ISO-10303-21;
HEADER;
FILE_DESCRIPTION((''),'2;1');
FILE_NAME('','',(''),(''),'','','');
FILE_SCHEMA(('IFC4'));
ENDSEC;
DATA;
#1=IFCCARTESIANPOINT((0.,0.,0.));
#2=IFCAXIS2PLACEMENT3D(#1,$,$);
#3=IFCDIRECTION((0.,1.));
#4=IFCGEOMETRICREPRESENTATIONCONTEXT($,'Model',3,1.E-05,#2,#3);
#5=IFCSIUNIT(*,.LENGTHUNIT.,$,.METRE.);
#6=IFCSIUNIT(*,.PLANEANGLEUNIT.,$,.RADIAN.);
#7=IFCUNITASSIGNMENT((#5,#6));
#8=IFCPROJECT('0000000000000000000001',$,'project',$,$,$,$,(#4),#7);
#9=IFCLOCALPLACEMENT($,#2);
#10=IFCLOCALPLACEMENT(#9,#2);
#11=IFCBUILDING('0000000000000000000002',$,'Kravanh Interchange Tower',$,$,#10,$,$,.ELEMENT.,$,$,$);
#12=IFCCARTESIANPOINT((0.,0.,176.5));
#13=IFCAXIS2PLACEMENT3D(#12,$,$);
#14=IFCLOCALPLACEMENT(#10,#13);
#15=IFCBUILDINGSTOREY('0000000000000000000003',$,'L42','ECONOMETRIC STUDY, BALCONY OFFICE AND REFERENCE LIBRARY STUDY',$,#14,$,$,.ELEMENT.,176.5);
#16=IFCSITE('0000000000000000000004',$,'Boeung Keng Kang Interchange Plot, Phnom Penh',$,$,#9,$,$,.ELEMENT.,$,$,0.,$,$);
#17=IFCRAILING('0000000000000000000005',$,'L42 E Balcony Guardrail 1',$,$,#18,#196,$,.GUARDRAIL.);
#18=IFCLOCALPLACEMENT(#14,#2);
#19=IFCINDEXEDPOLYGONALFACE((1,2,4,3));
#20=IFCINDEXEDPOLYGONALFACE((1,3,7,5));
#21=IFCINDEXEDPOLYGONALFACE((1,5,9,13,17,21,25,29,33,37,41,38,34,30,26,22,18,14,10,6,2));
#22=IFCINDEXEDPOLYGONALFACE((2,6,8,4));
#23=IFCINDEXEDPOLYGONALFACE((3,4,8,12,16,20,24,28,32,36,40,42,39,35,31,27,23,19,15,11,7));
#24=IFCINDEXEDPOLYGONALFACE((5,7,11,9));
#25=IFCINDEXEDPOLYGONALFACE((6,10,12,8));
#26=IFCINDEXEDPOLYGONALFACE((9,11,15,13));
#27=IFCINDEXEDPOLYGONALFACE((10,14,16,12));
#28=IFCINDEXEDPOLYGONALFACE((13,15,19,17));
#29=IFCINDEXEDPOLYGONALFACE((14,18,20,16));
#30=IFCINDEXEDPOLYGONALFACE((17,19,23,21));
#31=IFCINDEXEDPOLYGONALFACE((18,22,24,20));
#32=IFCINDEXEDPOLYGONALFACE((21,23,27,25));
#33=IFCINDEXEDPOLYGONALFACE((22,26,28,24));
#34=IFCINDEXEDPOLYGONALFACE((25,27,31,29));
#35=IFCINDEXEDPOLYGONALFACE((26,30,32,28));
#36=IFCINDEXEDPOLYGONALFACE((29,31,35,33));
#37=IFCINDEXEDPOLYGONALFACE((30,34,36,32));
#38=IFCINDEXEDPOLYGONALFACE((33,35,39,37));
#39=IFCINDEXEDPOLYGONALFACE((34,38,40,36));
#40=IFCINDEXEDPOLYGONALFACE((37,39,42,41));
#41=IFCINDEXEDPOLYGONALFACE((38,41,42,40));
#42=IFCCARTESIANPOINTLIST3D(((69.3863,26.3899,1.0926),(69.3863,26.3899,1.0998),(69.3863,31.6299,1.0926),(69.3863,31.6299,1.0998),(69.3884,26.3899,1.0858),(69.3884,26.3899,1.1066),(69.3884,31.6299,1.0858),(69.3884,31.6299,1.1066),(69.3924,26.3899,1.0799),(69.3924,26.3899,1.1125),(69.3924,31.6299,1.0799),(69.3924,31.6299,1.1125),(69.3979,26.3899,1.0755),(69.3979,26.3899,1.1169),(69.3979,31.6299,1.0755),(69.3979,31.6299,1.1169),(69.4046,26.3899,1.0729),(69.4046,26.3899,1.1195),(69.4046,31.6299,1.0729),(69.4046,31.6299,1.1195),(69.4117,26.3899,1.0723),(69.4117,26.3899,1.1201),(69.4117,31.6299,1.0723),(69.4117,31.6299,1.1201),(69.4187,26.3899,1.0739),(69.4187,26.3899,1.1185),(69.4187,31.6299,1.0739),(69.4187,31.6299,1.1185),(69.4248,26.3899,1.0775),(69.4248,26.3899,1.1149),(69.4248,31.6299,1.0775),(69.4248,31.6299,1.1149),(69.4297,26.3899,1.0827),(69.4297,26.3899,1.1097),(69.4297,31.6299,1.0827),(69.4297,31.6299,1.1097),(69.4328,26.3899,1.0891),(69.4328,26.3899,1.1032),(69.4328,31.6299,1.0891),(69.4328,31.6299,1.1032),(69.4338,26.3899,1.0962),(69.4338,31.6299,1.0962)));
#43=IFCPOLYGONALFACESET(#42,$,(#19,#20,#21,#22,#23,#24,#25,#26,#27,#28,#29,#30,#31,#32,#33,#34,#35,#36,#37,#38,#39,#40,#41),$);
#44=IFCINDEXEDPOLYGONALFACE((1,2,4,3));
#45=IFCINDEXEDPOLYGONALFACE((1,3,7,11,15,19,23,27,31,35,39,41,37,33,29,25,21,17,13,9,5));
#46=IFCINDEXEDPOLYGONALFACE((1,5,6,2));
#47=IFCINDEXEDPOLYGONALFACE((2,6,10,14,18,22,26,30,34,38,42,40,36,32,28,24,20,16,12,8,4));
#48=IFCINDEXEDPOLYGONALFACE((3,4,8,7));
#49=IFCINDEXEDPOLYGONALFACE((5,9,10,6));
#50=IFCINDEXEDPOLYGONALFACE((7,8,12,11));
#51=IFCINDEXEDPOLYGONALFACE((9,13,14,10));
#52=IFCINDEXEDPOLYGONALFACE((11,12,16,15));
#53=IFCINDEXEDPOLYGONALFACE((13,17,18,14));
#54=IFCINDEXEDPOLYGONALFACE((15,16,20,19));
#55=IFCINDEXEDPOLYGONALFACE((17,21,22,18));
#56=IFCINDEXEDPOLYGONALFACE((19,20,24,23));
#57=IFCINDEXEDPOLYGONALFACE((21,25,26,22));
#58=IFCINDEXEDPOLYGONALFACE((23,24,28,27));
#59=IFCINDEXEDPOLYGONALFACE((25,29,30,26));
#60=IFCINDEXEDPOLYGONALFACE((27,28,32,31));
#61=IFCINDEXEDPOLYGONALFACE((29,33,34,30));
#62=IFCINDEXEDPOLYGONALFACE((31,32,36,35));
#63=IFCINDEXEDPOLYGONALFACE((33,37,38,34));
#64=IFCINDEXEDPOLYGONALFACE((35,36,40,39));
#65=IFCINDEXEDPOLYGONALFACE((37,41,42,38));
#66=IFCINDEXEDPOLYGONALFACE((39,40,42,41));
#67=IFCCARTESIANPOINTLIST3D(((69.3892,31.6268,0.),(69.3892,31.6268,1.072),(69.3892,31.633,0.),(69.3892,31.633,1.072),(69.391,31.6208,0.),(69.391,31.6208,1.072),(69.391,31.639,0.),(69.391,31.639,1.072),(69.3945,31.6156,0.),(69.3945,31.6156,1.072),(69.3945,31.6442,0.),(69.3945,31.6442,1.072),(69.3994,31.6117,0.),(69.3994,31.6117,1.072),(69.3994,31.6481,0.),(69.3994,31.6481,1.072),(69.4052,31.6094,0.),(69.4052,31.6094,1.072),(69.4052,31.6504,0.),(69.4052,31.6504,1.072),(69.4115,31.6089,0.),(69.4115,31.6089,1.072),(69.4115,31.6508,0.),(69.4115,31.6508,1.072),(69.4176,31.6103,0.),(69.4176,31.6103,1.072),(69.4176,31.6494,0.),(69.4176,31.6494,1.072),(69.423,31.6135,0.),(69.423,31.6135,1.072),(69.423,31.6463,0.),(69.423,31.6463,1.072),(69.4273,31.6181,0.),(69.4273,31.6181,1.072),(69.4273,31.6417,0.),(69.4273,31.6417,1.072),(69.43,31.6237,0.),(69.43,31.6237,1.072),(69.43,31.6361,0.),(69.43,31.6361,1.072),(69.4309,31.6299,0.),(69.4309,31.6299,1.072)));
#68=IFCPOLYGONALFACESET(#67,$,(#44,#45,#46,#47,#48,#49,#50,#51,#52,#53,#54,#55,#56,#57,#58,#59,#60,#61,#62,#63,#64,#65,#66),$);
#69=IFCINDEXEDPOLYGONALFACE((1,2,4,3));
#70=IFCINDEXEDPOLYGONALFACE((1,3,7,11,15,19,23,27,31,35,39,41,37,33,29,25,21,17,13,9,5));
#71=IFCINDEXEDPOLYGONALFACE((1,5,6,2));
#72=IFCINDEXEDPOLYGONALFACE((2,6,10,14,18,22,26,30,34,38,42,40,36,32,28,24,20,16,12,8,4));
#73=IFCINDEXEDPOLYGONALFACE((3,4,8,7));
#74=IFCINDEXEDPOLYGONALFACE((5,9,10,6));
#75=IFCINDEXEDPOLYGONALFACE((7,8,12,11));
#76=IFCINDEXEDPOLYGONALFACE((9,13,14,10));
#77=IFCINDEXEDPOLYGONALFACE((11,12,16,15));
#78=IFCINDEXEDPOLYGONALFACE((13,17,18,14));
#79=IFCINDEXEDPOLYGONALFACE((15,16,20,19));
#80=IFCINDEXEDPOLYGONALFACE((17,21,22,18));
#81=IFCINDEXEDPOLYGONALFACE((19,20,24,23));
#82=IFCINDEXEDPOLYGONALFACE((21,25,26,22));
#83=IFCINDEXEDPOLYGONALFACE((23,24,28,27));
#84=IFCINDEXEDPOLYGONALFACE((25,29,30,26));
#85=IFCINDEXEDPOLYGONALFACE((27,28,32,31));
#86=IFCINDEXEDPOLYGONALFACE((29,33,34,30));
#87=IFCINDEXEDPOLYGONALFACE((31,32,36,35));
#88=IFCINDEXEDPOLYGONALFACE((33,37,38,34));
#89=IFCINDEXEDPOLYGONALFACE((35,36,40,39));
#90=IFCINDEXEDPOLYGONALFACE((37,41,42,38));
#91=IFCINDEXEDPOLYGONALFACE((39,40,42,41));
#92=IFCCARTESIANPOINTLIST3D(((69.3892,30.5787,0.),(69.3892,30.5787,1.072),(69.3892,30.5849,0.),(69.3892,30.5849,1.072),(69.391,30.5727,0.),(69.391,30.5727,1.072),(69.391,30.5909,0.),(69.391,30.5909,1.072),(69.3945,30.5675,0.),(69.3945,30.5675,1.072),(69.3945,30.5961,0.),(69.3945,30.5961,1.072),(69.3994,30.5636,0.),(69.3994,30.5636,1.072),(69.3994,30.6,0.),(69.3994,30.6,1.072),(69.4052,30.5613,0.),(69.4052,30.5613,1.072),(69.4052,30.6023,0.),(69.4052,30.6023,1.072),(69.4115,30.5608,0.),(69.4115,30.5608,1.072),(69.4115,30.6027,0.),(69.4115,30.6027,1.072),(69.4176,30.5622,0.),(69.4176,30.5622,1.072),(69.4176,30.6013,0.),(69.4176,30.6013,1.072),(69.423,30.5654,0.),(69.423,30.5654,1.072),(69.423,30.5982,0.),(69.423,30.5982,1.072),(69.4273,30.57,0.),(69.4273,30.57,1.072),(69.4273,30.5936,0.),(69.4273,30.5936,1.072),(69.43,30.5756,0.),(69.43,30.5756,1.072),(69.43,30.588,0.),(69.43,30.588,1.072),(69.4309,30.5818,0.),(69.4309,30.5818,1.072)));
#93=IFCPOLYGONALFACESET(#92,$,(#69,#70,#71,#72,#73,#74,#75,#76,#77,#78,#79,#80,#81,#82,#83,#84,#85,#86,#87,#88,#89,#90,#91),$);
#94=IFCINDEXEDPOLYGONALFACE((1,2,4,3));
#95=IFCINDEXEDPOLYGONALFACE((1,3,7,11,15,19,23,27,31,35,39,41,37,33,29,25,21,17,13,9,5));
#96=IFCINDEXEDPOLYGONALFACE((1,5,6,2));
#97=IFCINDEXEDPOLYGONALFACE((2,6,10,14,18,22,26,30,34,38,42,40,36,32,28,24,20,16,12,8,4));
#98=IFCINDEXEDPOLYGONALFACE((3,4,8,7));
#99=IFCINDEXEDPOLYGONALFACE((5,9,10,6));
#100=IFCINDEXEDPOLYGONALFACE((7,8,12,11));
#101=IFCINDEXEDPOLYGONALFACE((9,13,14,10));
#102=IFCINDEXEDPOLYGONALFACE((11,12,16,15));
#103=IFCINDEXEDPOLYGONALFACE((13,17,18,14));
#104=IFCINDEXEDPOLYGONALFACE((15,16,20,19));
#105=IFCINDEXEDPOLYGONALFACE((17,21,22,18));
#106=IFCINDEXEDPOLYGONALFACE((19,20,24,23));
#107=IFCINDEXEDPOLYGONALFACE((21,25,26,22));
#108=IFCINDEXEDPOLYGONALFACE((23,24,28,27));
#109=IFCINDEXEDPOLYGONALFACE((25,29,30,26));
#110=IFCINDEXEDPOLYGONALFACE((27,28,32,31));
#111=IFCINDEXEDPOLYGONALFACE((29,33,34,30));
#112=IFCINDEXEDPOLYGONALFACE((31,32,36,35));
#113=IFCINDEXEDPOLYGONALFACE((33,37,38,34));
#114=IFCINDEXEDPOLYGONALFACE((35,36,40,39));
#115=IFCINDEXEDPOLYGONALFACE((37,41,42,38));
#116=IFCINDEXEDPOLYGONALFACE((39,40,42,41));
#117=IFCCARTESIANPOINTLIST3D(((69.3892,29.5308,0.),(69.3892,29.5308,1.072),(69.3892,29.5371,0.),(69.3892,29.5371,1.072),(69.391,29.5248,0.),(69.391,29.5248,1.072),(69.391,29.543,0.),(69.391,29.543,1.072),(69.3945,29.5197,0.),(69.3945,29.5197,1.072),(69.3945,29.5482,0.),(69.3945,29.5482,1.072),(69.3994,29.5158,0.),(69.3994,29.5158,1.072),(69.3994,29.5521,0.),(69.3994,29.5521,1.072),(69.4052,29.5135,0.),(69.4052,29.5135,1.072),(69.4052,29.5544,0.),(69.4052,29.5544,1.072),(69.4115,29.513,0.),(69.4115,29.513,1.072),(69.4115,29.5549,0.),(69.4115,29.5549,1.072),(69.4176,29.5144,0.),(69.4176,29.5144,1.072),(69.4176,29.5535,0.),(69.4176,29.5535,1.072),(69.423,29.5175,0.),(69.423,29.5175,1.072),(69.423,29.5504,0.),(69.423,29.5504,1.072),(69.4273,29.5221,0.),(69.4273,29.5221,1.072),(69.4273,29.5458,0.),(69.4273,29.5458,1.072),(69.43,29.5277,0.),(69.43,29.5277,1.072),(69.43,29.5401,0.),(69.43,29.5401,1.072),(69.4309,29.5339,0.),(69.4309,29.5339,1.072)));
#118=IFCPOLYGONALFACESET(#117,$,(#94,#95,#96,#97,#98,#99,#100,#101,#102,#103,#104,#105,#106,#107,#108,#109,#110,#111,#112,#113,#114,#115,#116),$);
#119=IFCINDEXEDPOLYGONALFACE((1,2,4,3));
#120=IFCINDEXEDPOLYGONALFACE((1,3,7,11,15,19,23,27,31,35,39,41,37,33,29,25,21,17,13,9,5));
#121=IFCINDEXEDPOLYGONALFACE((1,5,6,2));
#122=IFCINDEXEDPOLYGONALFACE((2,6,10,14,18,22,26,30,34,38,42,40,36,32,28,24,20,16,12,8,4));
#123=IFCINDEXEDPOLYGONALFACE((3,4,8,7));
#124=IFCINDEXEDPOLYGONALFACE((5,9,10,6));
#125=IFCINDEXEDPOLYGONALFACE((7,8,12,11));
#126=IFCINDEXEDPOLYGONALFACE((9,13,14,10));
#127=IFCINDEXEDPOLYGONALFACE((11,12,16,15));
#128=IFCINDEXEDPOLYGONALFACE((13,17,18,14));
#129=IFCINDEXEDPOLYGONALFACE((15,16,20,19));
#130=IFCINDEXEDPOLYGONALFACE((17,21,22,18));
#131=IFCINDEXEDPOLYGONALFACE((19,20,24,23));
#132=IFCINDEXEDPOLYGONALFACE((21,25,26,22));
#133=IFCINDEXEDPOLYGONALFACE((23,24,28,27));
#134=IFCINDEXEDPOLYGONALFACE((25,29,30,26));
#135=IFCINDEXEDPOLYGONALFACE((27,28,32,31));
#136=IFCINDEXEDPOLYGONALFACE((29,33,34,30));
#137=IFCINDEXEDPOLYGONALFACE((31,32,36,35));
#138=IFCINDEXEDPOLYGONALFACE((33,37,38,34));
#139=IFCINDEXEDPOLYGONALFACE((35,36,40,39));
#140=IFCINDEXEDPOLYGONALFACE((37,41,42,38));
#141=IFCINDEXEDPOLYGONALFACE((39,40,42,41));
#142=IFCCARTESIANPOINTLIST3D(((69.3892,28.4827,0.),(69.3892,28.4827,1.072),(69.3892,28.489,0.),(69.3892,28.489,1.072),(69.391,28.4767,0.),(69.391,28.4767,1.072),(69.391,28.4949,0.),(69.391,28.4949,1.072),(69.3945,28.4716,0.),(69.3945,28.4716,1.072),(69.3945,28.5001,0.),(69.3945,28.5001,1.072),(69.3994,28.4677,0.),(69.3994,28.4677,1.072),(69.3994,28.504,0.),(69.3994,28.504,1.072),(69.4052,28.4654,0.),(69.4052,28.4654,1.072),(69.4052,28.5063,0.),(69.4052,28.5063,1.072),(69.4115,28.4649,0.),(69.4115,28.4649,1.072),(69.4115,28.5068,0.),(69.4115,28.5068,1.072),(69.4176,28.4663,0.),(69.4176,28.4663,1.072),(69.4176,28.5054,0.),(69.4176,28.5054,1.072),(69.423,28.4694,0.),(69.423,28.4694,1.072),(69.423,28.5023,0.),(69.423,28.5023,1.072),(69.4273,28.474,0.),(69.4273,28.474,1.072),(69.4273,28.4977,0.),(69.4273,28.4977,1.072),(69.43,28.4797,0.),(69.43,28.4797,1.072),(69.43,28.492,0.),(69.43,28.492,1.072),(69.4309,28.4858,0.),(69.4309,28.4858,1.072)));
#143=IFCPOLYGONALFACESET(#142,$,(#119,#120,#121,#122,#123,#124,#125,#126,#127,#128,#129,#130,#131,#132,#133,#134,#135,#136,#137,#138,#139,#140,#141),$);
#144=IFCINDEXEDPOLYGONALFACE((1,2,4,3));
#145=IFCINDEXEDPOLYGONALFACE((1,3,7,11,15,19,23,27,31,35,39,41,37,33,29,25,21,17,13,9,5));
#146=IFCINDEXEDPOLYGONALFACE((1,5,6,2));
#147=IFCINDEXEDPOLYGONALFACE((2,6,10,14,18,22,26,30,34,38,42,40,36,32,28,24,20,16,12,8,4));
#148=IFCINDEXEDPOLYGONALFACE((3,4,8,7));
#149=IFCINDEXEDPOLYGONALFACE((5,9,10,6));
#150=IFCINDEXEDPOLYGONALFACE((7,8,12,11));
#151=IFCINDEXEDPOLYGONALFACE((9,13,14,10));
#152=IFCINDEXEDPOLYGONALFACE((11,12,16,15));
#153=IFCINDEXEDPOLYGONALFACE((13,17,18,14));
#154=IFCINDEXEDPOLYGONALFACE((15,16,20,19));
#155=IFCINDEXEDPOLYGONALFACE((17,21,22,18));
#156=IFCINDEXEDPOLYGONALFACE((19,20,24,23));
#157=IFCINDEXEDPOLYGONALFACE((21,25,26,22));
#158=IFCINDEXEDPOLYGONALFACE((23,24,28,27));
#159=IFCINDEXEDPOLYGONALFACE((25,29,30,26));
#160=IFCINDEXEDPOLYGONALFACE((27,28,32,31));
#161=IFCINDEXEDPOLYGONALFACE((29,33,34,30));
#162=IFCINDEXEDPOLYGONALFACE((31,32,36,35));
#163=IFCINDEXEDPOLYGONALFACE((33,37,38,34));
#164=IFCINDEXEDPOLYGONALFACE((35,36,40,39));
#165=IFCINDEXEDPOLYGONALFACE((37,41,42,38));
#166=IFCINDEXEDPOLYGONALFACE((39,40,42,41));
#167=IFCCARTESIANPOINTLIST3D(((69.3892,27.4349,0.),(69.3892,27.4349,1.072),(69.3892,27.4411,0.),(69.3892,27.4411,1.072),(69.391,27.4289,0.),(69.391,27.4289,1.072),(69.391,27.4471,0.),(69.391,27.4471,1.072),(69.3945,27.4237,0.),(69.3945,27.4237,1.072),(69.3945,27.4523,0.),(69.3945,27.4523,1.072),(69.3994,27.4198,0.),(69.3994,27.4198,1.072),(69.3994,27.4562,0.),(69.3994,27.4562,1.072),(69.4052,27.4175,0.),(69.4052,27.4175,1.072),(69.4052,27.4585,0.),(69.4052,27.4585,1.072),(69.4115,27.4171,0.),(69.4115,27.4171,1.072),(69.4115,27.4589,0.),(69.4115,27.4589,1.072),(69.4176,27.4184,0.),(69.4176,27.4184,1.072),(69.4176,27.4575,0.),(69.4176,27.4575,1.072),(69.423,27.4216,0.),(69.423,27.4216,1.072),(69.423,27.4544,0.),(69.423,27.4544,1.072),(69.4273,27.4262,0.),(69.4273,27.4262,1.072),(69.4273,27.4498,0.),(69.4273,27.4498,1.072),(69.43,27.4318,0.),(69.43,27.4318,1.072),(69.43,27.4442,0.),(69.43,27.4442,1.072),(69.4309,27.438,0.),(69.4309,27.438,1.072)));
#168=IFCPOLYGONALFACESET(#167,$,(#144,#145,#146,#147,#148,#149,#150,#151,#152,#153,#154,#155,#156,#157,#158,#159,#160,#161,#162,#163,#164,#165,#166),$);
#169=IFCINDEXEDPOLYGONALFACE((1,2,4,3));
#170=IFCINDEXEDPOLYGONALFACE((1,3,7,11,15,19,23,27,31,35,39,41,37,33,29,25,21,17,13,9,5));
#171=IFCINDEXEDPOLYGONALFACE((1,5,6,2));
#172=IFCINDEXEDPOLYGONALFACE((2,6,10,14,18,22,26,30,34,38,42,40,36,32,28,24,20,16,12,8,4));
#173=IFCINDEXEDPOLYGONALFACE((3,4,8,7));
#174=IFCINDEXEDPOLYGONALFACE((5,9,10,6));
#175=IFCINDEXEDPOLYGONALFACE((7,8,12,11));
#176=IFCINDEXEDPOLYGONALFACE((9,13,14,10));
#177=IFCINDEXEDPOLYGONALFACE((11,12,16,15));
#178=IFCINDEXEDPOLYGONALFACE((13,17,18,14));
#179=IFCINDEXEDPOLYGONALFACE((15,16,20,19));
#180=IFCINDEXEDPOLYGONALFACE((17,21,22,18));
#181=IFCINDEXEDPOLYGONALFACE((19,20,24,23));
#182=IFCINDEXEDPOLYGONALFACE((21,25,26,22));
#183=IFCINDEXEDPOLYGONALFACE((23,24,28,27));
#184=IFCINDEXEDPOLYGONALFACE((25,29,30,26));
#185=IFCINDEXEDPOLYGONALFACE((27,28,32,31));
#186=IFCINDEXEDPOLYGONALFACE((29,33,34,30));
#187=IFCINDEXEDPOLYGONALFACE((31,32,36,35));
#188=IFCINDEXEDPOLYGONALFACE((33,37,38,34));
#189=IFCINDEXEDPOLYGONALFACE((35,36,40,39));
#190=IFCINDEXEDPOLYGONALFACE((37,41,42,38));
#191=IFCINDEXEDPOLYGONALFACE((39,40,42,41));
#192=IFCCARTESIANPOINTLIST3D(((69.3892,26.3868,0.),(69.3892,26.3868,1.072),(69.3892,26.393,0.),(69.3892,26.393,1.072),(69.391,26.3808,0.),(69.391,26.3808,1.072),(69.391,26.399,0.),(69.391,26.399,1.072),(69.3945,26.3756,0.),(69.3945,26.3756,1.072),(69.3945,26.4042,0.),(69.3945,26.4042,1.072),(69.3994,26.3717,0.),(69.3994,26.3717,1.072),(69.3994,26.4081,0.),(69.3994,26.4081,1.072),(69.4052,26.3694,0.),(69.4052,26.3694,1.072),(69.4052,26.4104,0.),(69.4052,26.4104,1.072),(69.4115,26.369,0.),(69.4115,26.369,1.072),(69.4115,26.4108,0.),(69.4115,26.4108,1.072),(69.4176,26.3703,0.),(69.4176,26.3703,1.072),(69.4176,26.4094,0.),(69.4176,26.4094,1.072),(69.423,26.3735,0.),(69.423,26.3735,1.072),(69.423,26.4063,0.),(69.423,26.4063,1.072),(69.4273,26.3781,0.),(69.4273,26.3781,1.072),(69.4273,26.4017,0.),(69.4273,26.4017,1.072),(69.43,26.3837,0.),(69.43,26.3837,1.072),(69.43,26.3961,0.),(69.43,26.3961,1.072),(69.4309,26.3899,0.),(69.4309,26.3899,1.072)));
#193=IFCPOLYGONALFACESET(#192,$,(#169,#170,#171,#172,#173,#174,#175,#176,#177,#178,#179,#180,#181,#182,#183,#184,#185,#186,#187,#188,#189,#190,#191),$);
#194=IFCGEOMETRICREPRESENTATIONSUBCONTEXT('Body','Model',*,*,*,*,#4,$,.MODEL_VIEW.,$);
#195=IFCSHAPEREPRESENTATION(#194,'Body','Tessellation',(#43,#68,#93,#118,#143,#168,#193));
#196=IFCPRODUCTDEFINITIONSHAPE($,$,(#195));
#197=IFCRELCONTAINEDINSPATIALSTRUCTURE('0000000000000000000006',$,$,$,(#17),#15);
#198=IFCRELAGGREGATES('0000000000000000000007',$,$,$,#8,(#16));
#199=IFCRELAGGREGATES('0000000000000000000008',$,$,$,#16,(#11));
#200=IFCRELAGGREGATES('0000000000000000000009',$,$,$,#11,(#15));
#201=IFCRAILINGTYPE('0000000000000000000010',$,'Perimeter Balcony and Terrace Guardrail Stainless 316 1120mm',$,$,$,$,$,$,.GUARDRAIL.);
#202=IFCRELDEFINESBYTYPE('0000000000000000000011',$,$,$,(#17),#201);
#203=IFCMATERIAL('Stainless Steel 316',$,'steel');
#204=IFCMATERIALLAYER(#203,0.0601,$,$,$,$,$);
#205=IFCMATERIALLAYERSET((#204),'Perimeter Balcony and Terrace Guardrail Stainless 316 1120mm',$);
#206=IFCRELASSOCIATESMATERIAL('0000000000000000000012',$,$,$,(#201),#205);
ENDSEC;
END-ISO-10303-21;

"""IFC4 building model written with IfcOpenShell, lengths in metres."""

from ifc_helpers import new_model, si_unit, direction, frame, origin, origin_2d, place, context, subcontext, project, spatial, circle, extrude, material, layer, layer_set, type_object, element, save


model = new_model("IFC4")

# Units and contexts
model_context = context("Model", 3, precision=1e-05, world=origin(), true_north=direction((0.0, 1.0)))
body_context = subcontext(model_context, "Body", "Model", "MODEL_VIEW")
ifc_project = project(units=[si_unit("LENGTHUNIT", "METRE"), si_unit("PLANEANGLEUNIT", "RADIAN")], contexts=[model_context])

# Site, building, storey
site_placement = place(None, origin())
site = spatial("IfcSite", under=ifc_project, at=site_placement, Name="Boeung Keng Kang Interchange Plot, Phnom Penh", CompositionType="ELEMENT", RefElevation=0.0)
building_placement = place(site_placement, origin())
building = spatial("IfcBuilding", under=site, at=building_placement, Name="Kravanh Interchange Tower", CompositionType="ELEMENT")
storey_placement = place(building_placement, frame((0.0, 0.0, 176.5)))
storey = spatial("IfcBuildingStorey", under=building, at=storey_placement, Name="L42", Description="ECONOMETRIC STUDY, BALCONY OFFICE AND REFERENCE LIBRARY STUDY", CompositionType="ELEMENT", Elevation=176.5)

# Railing
ifc_material_1 = material(Name="Stainless Steel 316", Category="steel")
ifc_layer_1 = layer(ifc_material_1, 0.0601)
ifc_layer_set_1 = layer_set([ifc_layer_1], Name="Perimeter Balcony and Terrace Guardrail Stainless 316 1120mm")
railing_type_1 = type_object("IfcRailingType", Name="Perimeter Balcony and Terrace Guardrail Stainless 316 1120mm", PredefinedType="GUARDRAIL", material=ifc_layer_set_1)
railing_1_placement = place(storey_placement, frame((69.4099, 31.6299, 0.0)))
element("IfcRailing", 1, at=railing_1_placement, inside=storey, type_object=railing_type_1, Name="L42 E Balcony Guardrail 1", PredefinedType="GUARDRAIL", context=body_context, shape_type="SweptSolid", body=[
    extrude(circle(Radius=0.0239, at=origin_2d()), frame((0.0, 0.0, 1.0962), z_axis=(0.0, -1.0, 0.0), x_axis=(1.0, 0.0, 0.0)), (0.0, 0.0, 1.0), 5.24),
    extrude(circle(Radius=0.021, at=origin_2d()), origin(), (0.0, 0.0, 1.0), 1.072),
    extrude(circle(Radius=0.021, at=origin_2d()), frame((0.0, -1.0481, 0.0)), (0.0, 0.0, 1.0), 1.072),
    extrude(circle(Radius=0.021, at=origin_2d()), frame((0.0, -2.0959, 0.0)), (0.0, 0.0, 1.0), 1.072),
    extrude(circle(Radius=0.021, at=origin_2d()), frame((0.0, -3.144, 0.0)), (0.0, 0.0, 1.0), 1.072),
    extrude(circle(Radius=0.021, at=origin_2d()), frame((0.0, -4.1919, 0.0)), (0.0, 0.0, 1.0), 1.072),
    extrude(circle(Radius=0.021, at=origin_2d()), frame((0.0, -5.24, 0.0)), (0.0, 0.0, 1.0), 1.072),
])

save(model, "model.ifc")
